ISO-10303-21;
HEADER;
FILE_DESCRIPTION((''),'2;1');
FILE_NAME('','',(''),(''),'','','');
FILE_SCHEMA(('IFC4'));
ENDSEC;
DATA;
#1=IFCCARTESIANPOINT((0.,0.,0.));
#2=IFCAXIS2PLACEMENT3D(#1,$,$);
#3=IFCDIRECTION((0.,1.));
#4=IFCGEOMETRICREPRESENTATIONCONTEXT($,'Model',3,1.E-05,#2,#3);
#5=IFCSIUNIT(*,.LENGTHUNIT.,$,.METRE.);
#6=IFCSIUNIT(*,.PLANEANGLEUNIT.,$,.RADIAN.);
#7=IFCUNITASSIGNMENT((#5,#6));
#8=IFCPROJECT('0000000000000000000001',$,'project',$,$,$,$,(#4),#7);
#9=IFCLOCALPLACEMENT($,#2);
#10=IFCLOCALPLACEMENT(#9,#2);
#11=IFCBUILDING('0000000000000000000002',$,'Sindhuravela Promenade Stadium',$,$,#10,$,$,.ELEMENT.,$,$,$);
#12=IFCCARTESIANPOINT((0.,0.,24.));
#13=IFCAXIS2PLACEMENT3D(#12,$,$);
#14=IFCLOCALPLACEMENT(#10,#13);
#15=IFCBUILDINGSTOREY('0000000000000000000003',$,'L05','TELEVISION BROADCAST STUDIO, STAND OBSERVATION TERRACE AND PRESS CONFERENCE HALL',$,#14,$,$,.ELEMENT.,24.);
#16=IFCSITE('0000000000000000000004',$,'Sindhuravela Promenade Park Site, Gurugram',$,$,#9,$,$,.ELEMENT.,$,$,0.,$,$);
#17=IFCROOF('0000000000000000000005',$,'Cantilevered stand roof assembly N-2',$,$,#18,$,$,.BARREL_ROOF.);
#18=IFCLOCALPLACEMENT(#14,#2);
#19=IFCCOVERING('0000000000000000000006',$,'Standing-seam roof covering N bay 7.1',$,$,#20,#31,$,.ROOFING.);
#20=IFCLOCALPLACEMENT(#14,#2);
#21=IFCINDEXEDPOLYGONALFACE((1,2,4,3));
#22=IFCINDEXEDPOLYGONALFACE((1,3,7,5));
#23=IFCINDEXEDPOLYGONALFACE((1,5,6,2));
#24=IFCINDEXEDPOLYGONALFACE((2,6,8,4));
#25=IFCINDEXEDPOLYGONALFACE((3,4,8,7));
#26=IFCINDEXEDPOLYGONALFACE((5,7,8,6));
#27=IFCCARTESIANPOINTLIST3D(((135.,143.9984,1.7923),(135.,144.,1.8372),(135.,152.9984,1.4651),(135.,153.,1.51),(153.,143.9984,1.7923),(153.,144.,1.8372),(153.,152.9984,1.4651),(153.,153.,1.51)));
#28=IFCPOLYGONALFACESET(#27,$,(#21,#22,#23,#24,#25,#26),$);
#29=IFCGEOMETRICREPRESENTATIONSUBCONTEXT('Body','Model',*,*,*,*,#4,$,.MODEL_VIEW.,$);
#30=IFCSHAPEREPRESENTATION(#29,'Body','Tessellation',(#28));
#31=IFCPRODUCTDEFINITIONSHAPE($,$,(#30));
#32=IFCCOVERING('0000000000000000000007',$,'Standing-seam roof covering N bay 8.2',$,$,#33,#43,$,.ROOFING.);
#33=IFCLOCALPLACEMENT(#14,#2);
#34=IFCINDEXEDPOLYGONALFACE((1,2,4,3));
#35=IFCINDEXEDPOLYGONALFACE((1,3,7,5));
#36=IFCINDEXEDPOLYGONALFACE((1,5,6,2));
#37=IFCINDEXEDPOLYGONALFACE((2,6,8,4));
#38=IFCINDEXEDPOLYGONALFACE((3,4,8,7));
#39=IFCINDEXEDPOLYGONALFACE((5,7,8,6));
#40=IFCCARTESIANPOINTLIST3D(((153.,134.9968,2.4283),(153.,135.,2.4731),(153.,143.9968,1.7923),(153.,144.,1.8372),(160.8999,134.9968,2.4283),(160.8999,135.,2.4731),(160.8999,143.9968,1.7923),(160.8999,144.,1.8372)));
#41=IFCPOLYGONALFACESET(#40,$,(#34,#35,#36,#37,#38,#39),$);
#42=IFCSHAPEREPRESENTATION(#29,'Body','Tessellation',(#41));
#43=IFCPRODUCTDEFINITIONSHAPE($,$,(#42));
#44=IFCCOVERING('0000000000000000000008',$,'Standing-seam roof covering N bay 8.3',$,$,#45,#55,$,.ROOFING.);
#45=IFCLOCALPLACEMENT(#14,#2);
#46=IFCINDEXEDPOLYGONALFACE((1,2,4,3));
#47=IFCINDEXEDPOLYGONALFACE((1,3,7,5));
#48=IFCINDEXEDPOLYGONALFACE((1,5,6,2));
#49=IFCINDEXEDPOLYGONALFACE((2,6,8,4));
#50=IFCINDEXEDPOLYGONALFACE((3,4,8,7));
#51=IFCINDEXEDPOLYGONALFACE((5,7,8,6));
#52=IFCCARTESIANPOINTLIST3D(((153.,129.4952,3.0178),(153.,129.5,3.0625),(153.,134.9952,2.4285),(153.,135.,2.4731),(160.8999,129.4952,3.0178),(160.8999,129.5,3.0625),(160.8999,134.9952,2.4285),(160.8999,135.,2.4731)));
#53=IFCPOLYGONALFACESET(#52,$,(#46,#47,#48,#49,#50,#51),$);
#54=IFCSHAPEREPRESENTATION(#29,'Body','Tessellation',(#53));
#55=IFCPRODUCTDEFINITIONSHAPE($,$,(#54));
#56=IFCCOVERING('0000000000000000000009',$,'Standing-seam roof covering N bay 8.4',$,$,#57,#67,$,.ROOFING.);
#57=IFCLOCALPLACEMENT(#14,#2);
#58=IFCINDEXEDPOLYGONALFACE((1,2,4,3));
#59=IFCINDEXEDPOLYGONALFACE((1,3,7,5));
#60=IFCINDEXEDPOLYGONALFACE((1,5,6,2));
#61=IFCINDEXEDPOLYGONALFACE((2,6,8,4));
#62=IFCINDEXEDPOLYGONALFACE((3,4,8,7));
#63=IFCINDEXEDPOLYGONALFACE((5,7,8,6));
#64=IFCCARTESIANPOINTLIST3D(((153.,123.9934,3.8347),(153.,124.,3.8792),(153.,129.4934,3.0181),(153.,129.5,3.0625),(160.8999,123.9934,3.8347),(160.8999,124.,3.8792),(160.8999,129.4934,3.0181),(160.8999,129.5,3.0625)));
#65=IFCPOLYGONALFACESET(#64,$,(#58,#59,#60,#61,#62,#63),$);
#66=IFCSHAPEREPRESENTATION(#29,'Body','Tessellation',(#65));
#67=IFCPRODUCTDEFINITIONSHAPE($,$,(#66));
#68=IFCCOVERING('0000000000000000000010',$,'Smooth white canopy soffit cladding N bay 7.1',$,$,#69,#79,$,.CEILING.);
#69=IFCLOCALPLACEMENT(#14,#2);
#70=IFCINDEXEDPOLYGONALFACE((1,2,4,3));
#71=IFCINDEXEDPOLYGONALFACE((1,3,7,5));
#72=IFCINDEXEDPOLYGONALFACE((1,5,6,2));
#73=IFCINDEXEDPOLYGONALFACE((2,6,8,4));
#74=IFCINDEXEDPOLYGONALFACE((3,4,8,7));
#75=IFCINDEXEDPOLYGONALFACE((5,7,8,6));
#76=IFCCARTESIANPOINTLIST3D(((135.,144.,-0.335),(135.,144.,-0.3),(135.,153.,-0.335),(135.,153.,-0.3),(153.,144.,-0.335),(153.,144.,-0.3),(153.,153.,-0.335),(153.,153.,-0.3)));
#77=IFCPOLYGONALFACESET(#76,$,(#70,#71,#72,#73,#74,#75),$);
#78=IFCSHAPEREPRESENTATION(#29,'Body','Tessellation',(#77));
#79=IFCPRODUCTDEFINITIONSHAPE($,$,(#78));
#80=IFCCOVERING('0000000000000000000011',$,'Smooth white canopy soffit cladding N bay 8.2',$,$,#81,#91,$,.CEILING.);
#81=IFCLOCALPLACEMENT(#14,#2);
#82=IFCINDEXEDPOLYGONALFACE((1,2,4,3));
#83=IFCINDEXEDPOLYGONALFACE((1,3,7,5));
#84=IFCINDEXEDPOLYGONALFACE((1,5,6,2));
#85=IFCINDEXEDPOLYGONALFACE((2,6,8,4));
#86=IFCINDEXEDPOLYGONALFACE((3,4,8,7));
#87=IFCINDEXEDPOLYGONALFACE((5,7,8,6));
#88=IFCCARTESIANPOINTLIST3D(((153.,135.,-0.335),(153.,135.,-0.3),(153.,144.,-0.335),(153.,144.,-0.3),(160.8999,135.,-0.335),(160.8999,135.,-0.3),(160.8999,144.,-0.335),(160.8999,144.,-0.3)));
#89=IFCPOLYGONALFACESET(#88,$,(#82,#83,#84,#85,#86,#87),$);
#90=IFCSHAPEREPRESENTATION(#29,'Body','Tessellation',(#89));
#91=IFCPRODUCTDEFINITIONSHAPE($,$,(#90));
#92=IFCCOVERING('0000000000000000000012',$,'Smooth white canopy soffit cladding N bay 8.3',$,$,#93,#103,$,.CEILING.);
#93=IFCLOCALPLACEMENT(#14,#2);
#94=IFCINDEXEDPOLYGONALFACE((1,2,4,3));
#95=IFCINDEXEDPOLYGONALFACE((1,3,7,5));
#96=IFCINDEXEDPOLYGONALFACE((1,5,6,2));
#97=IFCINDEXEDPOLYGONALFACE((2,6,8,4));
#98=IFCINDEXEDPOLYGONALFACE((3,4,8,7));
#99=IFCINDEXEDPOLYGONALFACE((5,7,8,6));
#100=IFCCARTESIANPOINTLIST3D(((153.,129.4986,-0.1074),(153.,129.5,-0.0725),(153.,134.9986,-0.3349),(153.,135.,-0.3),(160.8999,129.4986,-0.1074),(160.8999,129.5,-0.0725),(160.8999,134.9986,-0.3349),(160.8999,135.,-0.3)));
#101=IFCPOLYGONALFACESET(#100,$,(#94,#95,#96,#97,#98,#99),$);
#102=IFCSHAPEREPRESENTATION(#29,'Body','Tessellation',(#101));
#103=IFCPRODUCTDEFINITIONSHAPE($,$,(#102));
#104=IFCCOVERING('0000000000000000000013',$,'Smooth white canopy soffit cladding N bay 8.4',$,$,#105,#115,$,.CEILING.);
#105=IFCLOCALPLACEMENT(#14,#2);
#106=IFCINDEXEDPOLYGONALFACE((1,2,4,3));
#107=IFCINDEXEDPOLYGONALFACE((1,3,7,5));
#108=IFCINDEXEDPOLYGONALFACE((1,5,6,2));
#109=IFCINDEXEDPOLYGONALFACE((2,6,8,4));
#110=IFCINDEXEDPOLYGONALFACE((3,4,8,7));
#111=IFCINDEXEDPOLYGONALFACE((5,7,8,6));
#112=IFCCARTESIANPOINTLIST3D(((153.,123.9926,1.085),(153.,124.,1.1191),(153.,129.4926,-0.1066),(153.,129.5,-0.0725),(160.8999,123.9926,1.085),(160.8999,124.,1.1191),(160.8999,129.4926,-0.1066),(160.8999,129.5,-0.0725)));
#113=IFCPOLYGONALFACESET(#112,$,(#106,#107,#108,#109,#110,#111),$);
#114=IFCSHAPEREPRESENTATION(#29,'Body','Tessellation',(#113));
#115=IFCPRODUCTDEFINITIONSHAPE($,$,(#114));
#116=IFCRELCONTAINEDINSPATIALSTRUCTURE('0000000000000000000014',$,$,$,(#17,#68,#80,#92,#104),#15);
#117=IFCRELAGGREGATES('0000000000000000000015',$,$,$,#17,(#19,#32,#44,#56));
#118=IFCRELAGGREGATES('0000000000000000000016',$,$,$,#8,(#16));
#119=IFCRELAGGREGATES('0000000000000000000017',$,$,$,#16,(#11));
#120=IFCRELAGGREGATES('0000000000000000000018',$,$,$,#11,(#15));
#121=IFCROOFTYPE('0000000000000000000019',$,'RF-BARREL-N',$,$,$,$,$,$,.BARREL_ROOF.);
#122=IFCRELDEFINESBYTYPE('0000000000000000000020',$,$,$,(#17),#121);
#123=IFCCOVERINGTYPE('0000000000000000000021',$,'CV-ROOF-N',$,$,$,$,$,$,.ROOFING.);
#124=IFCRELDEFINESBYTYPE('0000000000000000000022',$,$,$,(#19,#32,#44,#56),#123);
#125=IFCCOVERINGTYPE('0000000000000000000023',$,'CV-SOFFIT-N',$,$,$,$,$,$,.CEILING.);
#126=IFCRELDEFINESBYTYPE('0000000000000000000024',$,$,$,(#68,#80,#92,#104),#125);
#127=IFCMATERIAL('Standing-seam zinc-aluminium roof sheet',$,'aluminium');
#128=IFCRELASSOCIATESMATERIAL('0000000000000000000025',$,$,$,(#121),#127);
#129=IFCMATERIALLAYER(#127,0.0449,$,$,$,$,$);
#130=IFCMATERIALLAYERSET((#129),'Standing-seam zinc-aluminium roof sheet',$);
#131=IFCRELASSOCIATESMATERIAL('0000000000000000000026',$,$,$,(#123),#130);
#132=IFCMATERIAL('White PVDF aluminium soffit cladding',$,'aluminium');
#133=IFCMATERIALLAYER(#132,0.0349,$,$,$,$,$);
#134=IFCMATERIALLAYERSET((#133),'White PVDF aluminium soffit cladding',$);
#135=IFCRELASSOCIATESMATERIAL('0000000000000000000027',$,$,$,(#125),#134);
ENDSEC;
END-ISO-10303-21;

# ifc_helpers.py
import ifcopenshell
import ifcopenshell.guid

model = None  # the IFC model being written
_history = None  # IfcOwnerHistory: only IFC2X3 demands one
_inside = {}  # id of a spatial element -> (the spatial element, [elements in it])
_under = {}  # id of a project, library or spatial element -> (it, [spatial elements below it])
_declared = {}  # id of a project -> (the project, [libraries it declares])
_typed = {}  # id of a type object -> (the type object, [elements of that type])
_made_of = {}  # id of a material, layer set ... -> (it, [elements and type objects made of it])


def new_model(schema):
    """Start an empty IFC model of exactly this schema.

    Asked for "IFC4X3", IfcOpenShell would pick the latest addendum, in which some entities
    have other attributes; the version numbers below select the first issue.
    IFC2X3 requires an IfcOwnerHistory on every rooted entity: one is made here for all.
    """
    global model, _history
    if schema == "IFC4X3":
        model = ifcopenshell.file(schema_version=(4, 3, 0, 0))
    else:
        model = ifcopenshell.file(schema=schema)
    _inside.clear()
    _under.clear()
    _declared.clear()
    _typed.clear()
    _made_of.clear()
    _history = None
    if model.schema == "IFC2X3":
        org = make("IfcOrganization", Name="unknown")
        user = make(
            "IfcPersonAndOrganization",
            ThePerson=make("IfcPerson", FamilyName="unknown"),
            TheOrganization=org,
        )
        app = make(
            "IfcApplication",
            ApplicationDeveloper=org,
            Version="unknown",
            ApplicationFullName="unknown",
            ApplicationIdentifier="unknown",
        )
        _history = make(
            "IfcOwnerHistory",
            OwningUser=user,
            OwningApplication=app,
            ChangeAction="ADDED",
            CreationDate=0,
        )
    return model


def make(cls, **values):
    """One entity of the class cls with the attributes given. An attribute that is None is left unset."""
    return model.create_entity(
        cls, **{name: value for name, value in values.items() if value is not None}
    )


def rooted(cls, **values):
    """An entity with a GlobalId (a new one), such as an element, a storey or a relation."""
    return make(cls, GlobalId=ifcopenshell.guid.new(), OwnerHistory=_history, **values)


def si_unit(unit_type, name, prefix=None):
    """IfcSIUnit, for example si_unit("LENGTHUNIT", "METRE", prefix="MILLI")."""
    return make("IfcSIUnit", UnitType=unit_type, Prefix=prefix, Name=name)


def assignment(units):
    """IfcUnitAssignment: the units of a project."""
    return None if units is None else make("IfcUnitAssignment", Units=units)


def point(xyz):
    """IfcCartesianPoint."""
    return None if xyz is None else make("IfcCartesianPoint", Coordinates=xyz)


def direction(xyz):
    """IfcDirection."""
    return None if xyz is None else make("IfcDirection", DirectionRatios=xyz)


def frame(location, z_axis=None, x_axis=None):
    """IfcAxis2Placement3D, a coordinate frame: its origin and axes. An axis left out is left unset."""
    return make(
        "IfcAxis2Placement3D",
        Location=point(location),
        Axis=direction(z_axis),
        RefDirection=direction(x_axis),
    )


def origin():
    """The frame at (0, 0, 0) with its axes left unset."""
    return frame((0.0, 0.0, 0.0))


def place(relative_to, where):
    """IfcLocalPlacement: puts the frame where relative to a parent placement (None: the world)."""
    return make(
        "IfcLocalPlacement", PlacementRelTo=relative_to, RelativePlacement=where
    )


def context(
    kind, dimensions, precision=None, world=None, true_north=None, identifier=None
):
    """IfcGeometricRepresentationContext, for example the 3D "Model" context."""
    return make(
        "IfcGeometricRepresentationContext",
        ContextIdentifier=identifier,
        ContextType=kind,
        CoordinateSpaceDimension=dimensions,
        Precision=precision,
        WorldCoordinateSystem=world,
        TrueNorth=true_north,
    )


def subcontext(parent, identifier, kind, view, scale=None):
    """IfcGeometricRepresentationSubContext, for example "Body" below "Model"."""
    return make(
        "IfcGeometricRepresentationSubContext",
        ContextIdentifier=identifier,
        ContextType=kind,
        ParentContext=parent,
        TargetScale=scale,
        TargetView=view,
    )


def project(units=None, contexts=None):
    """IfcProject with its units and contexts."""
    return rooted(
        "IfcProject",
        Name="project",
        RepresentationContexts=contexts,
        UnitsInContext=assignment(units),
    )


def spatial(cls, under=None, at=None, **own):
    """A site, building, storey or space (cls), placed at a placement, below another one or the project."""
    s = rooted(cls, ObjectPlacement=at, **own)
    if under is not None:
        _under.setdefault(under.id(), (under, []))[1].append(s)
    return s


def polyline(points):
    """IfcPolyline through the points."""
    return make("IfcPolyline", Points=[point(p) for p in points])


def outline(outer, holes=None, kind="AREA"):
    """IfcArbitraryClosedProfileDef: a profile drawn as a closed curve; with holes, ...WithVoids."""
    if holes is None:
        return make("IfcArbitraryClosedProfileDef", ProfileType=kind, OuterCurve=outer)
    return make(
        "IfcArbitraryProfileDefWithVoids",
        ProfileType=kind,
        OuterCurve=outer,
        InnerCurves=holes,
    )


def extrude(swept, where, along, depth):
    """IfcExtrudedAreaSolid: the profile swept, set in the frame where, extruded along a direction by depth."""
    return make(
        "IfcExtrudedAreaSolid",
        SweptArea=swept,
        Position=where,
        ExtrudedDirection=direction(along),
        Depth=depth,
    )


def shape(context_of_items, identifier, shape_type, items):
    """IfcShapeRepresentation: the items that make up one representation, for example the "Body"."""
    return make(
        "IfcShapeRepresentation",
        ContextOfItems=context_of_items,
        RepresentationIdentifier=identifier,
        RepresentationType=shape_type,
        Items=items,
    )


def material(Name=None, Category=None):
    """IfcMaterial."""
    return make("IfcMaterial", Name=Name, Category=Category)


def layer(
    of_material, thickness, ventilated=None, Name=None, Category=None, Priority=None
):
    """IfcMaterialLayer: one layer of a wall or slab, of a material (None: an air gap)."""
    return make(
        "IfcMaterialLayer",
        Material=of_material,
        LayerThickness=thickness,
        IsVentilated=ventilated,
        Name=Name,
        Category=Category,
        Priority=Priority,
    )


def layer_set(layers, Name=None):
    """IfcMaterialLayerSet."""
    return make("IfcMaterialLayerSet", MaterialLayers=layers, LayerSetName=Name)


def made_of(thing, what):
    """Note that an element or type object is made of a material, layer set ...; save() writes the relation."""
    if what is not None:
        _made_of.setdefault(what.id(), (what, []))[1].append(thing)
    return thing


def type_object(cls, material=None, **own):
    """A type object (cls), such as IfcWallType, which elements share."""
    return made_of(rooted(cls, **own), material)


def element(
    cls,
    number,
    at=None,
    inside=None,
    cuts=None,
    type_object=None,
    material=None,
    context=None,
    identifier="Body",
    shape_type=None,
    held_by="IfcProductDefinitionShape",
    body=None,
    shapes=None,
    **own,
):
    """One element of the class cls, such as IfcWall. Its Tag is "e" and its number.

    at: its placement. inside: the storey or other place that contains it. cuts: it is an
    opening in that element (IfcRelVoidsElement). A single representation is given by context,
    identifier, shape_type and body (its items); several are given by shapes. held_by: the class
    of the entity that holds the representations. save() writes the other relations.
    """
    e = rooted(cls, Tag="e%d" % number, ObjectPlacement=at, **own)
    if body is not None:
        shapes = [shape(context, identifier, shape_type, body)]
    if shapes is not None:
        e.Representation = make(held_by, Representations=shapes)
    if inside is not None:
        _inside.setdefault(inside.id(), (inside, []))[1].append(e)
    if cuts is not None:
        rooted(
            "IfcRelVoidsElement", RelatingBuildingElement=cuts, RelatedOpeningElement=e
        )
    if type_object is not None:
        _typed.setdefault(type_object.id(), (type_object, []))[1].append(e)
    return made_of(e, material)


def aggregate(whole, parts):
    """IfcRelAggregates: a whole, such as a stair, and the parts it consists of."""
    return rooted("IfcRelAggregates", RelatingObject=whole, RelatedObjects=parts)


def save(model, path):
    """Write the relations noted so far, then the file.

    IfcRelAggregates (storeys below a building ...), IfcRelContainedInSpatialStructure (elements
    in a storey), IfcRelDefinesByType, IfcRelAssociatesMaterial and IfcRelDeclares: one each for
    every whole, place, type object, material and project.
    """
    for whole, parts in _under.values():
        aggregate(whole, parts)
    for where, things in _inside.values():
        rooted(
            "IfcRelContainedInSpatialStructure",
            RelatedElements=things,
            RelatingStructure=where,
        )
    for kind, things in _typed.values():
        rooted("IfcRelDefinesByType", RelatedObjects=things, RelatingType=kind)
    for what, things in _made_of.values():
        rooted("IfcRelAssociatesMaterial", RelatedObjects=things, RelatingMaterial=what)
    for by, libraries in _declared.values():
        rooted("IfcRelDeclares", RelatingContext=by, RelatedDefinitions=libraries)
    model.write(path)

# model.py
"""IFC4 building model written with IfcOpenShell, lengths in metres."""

from ifc_helpers import new_model, si_unit, direction, frame, origin, place, context, subcontext, project, spatial, polyline, outline, extrude, material, layer, layer_set, type_object, element, aggregate, save


model = new_model("IFC4")

# Units and contexts
model_context = context("Model", 3, precision=1e-05, world=origin(), true_north=direction((0.0, 1.0)))
body_context = subcontext(model_context, "Body", "Model", "MODEL_VIEW")
ifc_project = project(units=[si_unit("LENGTHUNIT", "METRE"), si_unit("PLANEANGLEUNIT", "RADIAN")], contexts=[model_context])

# Site, building, storey
site_placement = place(None, origin())
site = spatial("IfcSite", under=ifc_project, at=site_placement, Name="Sindhuravela Promenade Park Site, Gurugram", CompositionType="ELEMENT", RefElevation=0.0)
building_placement = place(site_placement, origin())
building = spatial("IfcBuilding", under=site, at=building_placement, Name="Sindhuravela Promenade Stadium", CompositionType="ELEMENT")
storey_placement = place(building_placement, frame((0.0, 0.0, 24.0)))
storey = spatial("IfcBuildingStorey", under=building, at=storey_placement, Name="L05", Description="TELEVISION BROADCAST STUDIO, STAND OBSERVATION TERRACE AND PRESS CONFERENCE HALL", CompositionType="ELEMENT", Elevation=24.0)

# Roof, coverings
ifc_material_1 = material(Name="Standing-seam zinc-aluminium roof sheet", Category="aluminium")
roof_type = type_object("IfcRoofType", Name="RF-BARREL-N", PredefinedType="BARREL_ROOF", material=ifc_material_1)
roof_placement = place(storey_placement, origin())
roof = element("IfcRoof", 1, at=roof_placement, inside=storey, type_object=roof_type, Name="Cantilevered stand roof assembly N-2", PredefinedType="BARREL_ROOF")
ifc_layer_1 = layer(ifc_material_1, 0.0449)
ifc_layer_set_1 = layer_set([ifc_layer_1], Name="Standing-seam zinc-aluminium roof sheet")
covering_type_1 = type_object("IfcCoveringType", Name="CV-ROOF-N", PredefinedType="ROOFING", material=ifc_layer_set_1)
covering_1_placement = place(storey_placement, frame((135.0, 153.0, 1.51), z_axis=(0.0, 0.036326, 0.99934), x_axis=(1.0, 0.0, 0.0)))
covering_1 = element("IfcCovering", 2, at=covering_1_placement, type_object=covering_type_1, Name="Standing-seam roof covering N bay 7.1", PredefinedType="ROOFING", context=body_context, shape_type="SweptSolid", body=[
    extrude(outline(polyline([(0.0, 0.0), (0.0, -9.0059), (18.0, -9.0059), (18.0, 0.0), (0.0, 0.0)])), origin(), (0.0, 0.0, -1.0), 0.0449),
])
covering_2_placement = place(storey_placement, frame((153.0, 144.0, 1.8372), z_axis=(0.0, 0.070489, 0.997513), x_axis=(1.0, 0.0, 0.0)))
covering_2 = element("IfcCovering", 3, at=covering_2_placement, type_object=covering_type_1, Name="Standing-seam roof covering N bay 8.2", PredefinedType="ROOFING", context=body_context, shape_type="SweptSolid", body=[
    extrude(outline(polyline([(0.0, 0.0), (0.0, -9.0224), (7.8999, -9.0224), (7.8999, 0.0), (0.0, 0.0)])), origin(), (0.0, 0.0, -1.0), 0.0449),
])
covering_3_placement = place(storey_placement, frame((153.0, 135.0, 2.4731), z_axis=(0.0, 0.106546, 0.994308), x_axis=(1.0, 0.0, 0.0)))
covering_3 = element("IfcCovering", 4, at=covering_3_placement, type_object=covering_type_1, Name="Standing-seam roof covering N bay 8.3", PredefinedType="ROOFING", context=body_context, shape_type="SweptSolid", body=[
    extrude(outline(polyline([(0.0, 0.0), (0.0, -5.5315), (7.8999, -5.5315), (7.8999, 0.0), (0.0, 0.0)])), origin(), (0.0, 0.0, -1.0), 0.0449),
])
covering_4_placement = place(storey_placement, frame((153.0, 129.5, 3.0625), z_axis=(0.0, 0.146872, 0.989156), x_axis=(1.0, 0.0, 0.0)))
covering_4 = element("IfcCovering", 5, at=covering_4_placement, type_object=covering_type_1, Name="Standing-seam roof covering N bay 8.4", PredefinedType="ROOFING", context=body_context, shape_type="SweptSolid", body=[
    extrude(outline(polyline([(0.0, 0.0), (0.0, -5.5603), (7.8999, -5.5603), (7.8999, 0.0), (0.0, 0.0)])), origin(), (0.0, 0.0, -1.0), 0.0449),
])
aggregate(roof, [covering_1, covering_2, covering_3, covering_4])

# Coverings
ifc_material_2 = material(Name="White PVDF aluminium soffit cladding", Category="aluminium")
ifc_layer_2 = layer(ifc_material_2, 0.0349)
ifc_layer_set_2 = layer_set([ifc_layer_2], Name="White PVDF aluminium soffit cladding")
covering_type_2 = type_object("IfcCoveringType", Name="CV-SOFFIT-N", PredefinedType="CEILING", material=ifc_layer_set_2)
covering_5_placement = place(storey_placement, frame((135.0, 153.0, -0.3), z_axis=(0.0, 0.0, 1.0), x_axis=(1.0, 0.0, 0.0)))
element("IfcCovering", 6, at=covering_5_placement, inside=storey, type_object=covering_type_2, Name="Smooth white canopy soffit cladding N bay 7.1", PredefinedType="CEILING", context=body_context, shape_type="SweptSolid", body=[
    extrude(outline(polyline([(0.0, 0.0), (0.0, -9.0), (18.0, -9.0), (18.0, 0.0), (0.0, 0.0)])), origin(), (0.0, 0.0, -1.0), 0.0349),
])
covering_6_placement = place(storey_placement, frame((153.0, 144.0, -0.3), z_axis=(0.0, 0.0, 1.0), x_axis=(1.0, 0.0, 0.0)))
element("IfcCovering", 7, at=covering_6_placement, inside=storey, type_object=covering_type_2, Name="Smooth white canopy soffit cladding N bay 8.2", PredefinedType="CEILING", context=body_context, shape_type="SweptSolid", body=[
    extrude(outline(polyline([(0.0, 0.0), (0.0, -9.0), (7.8999, -9.0), (7.8999, 0.0), (0.0, 0.0)])), origin(), (0.0, 0.0, -1.0), 0.0349),
])
covering_7_placement = place(storey_placement, frame((153.0, 135.0, -0.3), z_axis=(0.0, 0.041335, 0.999145), x_axis=(1.0, 0.0, 0.0)))
element("IfcCovering", 8, at=covering_7_placement, inside=storey, type_object=covering_type_2, Name="Smooth white canopy soffit cladding N bay 8.3", PredefinedType="CEILING", context=body_context, shape_type="SweptSolid", body=[
    extrude(outline(polyline([(0.0, 0.0), (0.0, -5.5047), (7.8999, -5.5047), (7.8999, 0.0), (0.0, 0.0)])), origin(), (0.0, 0.0, -1.0), 0.0349),
])
covering_8_placement = place(storey_placement, frame((153.0, 129.5, -0.0725), z_axis=(0.0, 0.211751, 0.977324), x_axis=(1.0, 0.0, 0.0)))
element("IfcCovering", 9, at=covering_8_placement, inside=storey, type_object=covering_type_2, Name="Smooth white canopy soffit cladding N bay 8.4", PredefinedType="CEILING", context=body_context, shape_type="SweptSolid", body=[
    extrude(outline(polyline([(0.0, 0.0), (0.0, -5.6276), (7.8999, -5.6276), (7.8999, 0.0), (0.0, 0.0)])), origin(), (0.0, 0.0, -1.0), 0.0349),
])

save(model, "model.ifc")
